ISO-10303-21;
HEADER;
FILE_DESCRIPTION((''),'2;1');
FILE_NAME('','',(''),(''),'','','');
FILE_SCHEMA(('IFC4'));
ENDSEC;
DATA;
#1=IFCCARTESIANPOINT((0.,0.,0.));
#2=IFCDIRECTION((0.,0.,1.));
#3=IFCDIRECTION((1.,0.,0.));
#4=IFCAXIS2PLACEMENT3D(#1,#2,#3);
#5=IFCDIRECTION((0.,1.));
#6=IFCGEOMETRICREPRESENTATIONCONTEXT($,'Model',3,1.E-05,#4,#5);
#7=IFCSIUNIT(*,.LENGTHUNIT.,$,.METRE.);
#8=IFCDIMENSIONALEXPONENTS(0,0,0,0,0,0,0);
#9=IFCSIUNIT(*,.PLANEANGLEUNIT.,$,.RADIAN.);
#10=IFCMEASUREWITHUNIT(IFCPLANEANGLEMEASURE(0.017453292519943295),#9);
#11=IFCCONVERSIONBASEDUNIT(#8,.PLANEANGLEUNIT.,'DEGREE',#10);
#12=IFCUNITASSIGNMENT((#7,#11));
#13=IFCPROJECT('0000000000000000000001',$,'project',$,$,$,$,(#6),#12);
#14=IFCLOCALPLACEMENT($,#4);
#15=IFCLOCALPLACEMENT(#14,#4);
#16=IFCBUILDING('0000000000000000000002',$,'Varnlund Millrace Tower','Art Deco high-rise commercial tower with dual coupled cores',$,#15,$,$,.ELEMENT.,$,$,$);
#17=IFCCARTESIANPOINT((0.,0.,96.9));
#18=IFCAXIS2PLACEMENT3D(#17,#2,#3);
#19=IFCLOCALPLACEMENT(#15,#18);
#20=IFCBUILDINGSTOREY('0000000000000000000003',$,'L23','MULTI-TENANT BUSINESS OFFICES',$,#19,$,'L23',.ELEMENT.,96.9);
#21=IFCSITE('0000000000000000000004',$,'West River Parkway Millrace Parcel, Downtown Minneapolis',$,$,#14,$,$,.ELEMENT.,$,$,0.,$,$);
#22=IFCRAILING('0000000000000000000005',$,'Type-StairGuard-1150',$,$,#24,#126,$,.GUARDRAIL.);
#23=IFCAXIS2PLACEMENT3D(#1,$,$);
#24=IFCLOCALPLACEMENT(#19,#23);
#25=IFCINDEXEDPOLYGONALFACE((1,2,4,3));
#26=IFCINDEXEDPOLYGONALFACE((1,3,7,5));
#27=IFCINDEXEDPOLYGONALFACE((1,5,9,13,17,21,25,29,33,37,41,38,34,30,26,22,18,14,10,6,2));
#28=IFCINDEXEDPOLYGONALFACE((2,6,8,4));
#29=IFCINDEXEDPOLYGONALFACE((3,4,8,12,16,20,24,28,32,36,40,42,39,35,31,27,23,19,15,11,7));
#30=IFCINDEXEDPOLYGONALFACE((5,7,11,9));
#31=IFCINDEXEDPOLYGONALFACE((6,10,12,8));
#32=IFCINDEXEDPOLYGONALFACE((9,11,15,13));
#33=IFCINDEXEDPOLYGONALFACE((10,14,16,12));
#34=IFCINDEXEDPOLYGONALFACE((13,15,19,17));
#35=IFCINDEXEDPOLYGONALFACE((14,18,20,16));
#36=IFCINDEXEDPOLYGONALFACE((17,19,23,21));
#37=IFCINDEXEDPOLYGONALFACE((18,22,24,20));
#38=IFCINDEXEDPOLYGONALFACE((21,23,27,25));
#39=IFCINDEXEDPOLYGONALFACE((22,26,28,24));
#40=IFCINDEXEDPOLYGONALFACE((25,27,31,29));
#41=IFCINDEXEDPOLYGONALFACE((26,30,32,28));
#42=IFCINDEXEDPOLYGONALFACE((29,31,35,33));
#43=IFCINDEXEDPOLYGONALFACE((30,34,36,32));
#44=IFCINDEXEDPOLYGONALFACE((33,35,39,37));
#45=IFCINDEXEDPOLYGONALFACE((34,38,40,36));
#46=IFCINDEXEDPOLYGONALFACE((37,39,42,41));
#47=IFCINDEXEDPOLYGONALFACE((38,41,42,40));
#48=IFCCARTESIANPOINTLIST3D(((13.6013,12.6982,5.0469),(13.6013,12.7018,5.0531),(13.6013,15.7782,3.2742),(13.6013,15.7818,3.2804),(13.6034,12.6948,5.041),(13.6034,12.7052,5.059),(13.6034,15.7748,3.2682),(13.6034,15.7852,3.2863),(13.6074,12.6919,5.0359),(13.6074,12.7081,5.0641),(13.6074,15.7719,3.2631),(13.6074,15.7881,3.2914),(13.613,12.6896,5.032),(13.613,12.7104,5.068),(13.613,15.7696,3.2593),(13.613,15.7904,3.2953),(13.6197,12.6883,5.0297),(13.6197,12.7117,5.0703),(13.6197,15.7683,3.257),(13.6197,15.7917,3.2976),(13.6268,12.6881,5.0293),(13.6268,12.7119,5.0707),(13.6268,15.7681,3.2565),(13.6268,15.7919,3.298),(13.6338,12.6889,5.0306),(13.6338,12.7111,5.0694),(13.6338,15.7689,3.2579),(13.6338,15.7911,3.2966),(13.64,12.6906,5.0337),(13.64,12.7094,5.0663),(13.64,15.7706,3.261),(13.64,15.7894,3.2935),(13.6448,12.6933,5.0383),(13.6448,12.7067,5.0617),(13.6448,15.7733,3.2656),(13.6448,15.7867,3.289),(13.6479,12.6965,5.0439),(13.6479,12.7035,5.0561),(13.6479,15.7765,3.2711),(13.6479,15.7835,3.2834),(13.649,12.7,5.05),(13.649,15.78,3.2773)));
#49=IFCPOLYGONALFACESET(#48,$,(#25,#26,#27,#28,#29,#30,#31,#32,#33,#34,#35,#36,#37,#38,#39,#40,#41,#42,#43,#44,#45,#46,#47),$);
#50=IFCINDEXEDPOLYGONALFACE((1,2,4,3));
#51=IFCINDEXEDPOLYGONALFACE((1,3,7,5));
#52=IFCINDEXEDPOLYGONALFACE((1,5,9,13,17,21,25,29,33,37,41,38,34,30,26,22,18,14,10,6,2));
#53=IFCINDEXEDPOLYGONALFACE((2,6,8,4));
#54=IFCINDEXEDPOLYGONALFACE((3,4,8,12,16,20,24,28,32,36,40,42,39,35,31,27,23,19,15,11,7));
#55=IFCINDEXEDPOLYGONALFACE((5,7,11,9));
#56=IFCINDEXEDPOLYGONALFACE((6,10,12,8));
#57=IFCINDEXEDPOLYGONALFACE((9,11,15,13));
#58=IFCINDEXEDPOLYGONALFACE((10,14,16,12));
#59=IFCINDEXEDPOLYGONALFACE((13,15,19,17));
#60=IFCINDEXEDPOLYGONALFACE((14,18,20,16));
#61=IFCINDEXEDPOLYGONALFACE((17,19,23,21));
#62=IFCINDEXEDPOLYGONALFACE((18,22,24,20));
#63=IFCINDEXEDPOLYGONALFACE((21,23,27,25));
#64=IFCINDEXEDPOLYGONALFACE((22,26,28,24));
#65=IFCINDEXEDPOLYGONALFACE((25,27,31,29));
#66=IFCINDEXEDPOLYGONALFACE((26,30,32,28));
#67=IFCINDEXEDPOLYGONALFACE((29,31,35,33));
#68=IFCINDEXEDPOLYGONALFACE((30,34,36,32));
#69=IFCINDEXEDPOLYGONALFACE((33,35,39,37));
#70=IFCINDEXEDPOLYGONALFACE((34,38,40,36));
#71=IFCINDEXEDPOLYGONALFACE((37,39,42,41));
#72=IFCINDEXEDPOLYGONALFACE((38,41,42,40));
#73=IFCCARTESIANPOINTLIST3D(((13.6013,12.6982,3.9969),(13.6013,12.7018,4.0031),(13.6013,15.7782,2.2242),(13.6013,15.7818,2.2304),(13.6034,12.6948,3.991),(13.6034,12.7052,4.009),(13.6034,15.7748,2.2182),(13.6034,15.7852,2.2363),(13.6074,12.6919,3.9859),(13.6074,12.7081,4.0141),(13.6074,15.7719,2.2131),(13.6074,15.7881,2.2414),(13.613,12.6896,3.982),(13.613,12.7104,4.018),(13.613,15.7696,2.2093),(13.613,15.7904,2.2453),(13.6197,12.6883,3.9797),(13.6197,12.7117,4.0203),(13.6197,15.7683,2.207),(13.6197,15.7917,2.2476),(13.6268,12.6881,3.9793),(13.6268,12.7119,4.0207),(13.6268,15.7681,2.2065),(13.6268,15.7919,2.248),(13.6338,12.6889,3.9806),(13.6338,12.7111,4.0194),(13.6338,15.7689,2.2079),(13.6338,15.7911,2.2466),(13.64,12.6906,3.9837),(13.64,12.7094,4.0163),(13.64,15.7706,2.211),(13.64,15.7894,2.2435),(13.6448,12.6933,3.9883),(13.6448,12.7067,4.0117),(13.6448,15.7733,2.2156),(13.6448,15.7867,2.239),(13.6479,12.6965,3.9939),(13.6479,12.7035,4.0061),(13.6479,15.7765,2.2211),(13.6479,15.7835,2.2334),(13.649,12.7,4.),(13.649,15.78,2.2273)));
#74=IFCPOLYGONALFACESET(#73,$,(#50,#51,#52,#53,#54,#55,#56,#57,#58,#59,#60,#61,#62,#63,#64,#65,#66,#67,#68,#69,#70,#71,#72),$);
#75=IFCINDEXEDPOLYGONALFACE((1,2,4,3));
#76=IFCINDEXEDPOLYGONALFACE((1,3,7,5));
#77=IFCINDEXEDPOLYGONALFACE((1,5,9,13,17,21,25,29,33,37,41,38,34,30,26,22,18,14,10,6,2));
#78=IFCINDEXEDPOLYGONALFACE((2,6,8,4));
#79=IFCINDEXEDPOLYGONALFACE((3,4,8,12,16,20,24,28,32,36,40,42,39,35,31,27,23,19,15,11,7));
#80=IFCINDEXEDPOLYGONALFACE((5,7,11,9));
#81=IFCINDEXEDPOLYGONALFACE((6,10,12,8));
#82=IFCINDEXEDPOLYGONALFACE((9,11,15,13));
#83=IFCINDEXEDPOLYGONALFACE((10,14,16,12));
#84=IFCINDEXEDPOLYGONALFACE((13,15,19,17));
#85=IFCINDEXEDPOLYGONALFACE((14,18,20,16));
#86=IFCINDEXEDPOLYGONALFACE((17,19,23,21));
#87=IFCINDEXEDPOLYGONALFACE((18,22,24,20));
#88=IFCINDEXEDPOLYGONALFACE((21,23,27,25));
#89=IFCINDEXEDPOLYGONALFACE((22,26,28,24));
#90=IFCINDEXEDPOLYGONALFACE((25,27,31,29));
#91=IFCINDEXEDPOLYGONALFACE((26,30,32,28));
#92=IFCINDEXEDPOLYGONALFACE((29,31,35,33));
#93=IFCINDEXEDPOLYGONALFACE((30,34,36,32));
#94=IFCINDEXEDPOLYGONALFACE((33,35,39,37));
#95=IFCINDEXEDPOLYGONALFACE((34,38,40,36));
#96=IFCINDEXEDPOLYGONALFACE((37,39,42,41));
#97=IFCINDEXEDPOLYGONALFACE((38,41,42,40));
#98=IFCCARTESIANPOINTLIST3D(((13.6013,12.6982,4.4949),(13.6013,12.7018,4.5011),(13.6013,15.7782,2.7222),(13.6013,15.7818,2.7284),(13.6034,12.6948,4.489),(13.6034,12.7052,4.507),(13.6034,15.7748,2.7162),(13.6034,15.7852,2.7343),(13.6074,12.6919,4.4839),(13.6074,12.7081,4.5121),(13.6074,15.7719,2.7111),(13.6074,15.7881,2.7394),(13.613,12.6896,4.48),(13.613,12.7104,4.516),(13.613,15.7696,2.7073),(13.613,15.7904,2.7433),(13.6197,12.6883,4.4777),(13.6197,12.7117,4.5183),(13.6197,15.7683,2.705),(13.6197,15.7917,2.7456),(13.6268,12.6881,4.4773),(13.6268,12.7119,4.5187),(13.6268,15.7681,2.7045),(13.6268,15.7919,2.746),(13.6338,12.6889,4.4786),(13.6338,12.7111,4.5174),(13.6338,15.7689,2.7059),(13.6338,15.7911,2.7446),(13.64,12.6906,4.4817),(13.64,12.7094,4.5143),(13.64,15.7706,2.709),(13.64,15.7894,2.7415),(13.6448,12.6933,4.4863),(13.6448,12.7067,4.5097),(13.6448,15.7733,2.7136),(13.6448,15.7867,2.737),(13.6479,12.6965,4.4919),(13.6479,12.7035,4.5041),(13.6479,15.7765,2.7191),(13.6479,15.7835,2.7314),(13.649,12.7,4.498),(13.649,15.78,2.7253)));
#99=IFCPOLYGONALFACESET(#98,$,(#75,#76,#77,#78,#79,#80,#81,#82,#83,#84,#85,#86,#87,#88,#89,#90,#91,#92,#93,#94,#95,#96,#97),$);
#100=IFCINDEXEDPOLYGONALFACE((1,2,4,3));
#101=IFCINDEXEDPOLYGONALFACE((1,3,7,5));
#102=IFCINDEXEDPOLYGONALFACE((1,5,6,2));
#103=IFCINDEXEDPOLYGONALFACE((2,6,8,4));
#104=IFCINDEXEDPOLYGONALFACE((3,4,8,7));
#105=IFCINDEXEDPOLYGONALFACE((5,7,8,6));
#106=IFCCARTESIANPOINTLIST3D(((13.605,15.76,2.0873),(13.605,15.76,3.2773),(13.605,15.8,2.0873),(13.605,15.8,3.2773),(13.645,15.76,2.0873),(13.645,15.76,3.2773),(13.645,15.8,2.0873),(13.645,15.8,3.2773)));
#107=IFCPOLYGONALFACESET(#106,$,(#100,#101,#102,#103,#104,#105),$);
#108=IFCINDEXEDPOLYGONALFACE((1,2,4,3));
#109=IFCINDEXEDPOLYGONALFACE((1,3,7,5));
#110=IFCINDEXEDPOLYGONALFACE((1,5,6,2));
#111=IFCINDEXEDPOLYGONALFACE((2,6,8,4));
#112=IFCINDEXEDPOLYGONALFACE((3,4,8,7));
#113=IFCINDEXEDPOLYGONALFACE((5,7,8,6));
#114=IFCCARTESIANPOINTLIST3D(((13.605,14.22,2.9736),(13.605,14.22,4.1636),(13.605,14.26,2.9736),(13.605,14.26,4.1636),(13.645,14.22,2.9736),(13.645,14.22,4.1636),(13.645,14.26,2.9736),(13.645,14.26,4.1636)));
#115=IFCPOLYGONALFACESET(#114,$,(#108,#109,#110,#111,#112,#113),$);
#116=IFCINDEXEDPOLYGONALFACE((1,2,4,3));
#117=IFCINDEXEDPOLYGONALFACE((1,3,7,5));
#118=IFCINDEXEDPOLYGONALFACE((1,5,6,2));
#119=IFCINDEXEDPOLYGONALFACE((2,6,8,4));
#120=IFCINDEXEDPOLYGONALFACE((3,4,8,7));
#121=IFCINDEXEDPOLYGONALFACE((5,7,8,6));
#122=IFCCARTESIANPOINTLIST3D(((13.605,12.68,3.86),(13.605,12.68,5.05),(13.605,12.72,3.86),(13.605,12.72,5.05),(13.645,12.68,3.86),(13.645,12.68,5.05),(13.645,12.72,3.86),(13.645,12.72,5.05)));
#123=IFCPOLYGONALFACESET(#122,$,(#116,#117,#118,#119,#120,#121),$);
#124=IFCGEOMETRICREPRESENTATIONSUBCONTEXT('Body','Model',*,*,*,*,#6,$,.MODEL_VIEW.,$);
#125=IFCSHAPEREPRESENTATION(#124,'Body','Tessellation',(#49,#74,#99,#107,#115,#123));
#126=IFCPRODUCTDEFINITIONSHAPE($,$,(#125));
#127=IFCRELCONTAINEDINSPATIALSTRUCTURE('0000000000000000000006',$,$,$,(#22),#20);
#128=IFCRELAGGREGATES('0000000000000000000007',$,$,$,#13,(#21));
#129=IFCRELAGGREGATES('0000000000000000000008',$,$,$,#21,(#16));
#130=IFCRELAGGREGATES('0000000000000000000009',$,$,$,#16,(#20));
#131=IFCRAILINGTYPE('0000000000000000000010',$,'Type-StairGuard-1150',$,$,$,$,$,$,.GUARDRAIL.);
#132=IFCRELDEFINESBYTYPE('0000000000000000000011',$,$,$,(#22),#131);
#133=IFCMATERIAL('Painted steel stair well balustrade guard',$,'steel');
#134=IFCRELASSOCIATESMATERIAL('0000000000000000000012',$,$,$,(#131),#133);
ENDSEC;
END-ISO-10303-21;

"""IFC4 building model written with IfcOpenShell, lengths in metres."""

from ifc_helpers import new_model, entity, si_unit, converted_unit, direction, frame, origin_with_axes, origin_2d_with_axis, place, context, subcontext, project, spatial, rectangle, circle, extrude, material, type_object, element, save


model = new_model("IFC4")

# Units and contexts
model_context = context("Model", 3, precision=1e-05, world=origin_with_axes(), true_north=direction((0.0, 1.0)))
body_context = subcontext(model_context, "Body", "Model", "MODEL_VIEW")
ifc_project = project(units=[si_unit("LENGTHUNIT", "METRE"), converted_unit("PLANEANGLEUNIT", "DEGREE", entity("IfcPlaneAngleMeasure", 0.017453292519943295), si_unit("PLANEANGLEUNIT", "RADIAN"), dimensions=[0, 0, 0, 0, 0, 0, 0])], contexts=[model_context])

# Site, building, storey
site_placement = place(None, origin_with_axes())
site = spatial("IfcSite", under=ifc_project, at=site_placement, Name="West River Parkway Millrace Parcel, Downtown Minneapolis", CompositionType="ELEMENT", RefElevation=0.0)
building_placement = place(site_placement, origin_with_axes())
building = spatial("IfcBuilding", under=site, at=building_placement, Name="Varnlund Millrace Tower", Description="Art Deco high-rise commercial tower with dual coupled cores", CompositionType="ELEMENT")
storey_placement = place(building_placement, frame((0.0, 0.0, 96.9), z_axis=(0.0, 0.0, 1.0), x_axis=(1.0, 0.0, 0.0)))
storey = spatial("IfcBuildingStorey", under=building, at=storey_placement, Name="L23", Description="MULTI-TENANT BUSINESS OFFICES", LongName="L23", CompositionType="ELEMENT", Elevation=96.9)

# Railing
ifc_material_1 = material(Name="Painted steel stair well balustrade guard", Category="steel")
railing_type_1 = type_object("IfcRailingType", Name="Type-StairGuard-1150", PredefinedType="GUARDRAIL", material=ifc_material_1)
railing_1_placement = place(storey_placement, frame((0.0, 0.0, -96.9), z_axis=(0.0, 0.0, 1.0), x_axis=(1.0, 0.0, 0.0)))
element("IfcRailing", 1, at=railing_1_placement, inside=storey, type_object=railing_type_1, Name="Type-StairGuard-1150", PredefinedType="GUARDRAIL", context=body_context, shape_type="SweptSolid", body=[
    extrude(circle(Radius=0.024, at=origin_2d_with_axis()), frame((13.625, 15.78, 100.1773), z_axis=(0.0, -0.866696, 0.498836), x_axis=(1.0, 0.0, 0.0)), (0.0, 0.0, 1.0), 3.5537),
    extrude(circle(Radius=0.024, at=origin_2d_with_axis()), frame((13.625, 15.78, 99.1273), z_axis=(0.0, -0.866696, 0.498836), x_axis=(1.0, 0.0, 0.0)), (0.0, 0.0, 1.0), 3.5537),
    extrude(circle(Radius=0.024, at=origin_2d_with_axis()), frame((13.625, 15.78, 99.6253), z_axis=(0.0, -0.866696, 0.498836), x_axis=(1.0, 0.0, 0.0)), (0.0, 0.0, 1.0), 3.5537),
    extrude(rectangle(XDim=0.04, YDim=0.04, at=origin_2d_with_axis()), frame((13.625, 15.78, 98.9873), z_axis=(0.0, 0.0, 1.0), x_axis=(1.0, 0.0, 0.0)), (0.0, 0.0, 1.0), 1.19),
    extrude(rectangle(XDim=0.04, YDim=0.04, at=origin_2d_with_axis()), frame((13.625, 14.24, 99.8736), z_axis=(0.0, 0.0, 1.0), x_axis=(1.0, 0.0, 0.0)), (0.0, 0.0, 1.0), 1.19),
    extrude(rectangle(XDim=0.04, YDim=0.04, at=origin_2d_with_axis()), frame((13.625, 12.7, 100.76), z_axis=(0.0, 0.0, 1.0), x_axis=(1.0, 0.0, 0.0)), (0.0, 0.0, 1.0), 1.19),
])

save(model, "model.ifc")
